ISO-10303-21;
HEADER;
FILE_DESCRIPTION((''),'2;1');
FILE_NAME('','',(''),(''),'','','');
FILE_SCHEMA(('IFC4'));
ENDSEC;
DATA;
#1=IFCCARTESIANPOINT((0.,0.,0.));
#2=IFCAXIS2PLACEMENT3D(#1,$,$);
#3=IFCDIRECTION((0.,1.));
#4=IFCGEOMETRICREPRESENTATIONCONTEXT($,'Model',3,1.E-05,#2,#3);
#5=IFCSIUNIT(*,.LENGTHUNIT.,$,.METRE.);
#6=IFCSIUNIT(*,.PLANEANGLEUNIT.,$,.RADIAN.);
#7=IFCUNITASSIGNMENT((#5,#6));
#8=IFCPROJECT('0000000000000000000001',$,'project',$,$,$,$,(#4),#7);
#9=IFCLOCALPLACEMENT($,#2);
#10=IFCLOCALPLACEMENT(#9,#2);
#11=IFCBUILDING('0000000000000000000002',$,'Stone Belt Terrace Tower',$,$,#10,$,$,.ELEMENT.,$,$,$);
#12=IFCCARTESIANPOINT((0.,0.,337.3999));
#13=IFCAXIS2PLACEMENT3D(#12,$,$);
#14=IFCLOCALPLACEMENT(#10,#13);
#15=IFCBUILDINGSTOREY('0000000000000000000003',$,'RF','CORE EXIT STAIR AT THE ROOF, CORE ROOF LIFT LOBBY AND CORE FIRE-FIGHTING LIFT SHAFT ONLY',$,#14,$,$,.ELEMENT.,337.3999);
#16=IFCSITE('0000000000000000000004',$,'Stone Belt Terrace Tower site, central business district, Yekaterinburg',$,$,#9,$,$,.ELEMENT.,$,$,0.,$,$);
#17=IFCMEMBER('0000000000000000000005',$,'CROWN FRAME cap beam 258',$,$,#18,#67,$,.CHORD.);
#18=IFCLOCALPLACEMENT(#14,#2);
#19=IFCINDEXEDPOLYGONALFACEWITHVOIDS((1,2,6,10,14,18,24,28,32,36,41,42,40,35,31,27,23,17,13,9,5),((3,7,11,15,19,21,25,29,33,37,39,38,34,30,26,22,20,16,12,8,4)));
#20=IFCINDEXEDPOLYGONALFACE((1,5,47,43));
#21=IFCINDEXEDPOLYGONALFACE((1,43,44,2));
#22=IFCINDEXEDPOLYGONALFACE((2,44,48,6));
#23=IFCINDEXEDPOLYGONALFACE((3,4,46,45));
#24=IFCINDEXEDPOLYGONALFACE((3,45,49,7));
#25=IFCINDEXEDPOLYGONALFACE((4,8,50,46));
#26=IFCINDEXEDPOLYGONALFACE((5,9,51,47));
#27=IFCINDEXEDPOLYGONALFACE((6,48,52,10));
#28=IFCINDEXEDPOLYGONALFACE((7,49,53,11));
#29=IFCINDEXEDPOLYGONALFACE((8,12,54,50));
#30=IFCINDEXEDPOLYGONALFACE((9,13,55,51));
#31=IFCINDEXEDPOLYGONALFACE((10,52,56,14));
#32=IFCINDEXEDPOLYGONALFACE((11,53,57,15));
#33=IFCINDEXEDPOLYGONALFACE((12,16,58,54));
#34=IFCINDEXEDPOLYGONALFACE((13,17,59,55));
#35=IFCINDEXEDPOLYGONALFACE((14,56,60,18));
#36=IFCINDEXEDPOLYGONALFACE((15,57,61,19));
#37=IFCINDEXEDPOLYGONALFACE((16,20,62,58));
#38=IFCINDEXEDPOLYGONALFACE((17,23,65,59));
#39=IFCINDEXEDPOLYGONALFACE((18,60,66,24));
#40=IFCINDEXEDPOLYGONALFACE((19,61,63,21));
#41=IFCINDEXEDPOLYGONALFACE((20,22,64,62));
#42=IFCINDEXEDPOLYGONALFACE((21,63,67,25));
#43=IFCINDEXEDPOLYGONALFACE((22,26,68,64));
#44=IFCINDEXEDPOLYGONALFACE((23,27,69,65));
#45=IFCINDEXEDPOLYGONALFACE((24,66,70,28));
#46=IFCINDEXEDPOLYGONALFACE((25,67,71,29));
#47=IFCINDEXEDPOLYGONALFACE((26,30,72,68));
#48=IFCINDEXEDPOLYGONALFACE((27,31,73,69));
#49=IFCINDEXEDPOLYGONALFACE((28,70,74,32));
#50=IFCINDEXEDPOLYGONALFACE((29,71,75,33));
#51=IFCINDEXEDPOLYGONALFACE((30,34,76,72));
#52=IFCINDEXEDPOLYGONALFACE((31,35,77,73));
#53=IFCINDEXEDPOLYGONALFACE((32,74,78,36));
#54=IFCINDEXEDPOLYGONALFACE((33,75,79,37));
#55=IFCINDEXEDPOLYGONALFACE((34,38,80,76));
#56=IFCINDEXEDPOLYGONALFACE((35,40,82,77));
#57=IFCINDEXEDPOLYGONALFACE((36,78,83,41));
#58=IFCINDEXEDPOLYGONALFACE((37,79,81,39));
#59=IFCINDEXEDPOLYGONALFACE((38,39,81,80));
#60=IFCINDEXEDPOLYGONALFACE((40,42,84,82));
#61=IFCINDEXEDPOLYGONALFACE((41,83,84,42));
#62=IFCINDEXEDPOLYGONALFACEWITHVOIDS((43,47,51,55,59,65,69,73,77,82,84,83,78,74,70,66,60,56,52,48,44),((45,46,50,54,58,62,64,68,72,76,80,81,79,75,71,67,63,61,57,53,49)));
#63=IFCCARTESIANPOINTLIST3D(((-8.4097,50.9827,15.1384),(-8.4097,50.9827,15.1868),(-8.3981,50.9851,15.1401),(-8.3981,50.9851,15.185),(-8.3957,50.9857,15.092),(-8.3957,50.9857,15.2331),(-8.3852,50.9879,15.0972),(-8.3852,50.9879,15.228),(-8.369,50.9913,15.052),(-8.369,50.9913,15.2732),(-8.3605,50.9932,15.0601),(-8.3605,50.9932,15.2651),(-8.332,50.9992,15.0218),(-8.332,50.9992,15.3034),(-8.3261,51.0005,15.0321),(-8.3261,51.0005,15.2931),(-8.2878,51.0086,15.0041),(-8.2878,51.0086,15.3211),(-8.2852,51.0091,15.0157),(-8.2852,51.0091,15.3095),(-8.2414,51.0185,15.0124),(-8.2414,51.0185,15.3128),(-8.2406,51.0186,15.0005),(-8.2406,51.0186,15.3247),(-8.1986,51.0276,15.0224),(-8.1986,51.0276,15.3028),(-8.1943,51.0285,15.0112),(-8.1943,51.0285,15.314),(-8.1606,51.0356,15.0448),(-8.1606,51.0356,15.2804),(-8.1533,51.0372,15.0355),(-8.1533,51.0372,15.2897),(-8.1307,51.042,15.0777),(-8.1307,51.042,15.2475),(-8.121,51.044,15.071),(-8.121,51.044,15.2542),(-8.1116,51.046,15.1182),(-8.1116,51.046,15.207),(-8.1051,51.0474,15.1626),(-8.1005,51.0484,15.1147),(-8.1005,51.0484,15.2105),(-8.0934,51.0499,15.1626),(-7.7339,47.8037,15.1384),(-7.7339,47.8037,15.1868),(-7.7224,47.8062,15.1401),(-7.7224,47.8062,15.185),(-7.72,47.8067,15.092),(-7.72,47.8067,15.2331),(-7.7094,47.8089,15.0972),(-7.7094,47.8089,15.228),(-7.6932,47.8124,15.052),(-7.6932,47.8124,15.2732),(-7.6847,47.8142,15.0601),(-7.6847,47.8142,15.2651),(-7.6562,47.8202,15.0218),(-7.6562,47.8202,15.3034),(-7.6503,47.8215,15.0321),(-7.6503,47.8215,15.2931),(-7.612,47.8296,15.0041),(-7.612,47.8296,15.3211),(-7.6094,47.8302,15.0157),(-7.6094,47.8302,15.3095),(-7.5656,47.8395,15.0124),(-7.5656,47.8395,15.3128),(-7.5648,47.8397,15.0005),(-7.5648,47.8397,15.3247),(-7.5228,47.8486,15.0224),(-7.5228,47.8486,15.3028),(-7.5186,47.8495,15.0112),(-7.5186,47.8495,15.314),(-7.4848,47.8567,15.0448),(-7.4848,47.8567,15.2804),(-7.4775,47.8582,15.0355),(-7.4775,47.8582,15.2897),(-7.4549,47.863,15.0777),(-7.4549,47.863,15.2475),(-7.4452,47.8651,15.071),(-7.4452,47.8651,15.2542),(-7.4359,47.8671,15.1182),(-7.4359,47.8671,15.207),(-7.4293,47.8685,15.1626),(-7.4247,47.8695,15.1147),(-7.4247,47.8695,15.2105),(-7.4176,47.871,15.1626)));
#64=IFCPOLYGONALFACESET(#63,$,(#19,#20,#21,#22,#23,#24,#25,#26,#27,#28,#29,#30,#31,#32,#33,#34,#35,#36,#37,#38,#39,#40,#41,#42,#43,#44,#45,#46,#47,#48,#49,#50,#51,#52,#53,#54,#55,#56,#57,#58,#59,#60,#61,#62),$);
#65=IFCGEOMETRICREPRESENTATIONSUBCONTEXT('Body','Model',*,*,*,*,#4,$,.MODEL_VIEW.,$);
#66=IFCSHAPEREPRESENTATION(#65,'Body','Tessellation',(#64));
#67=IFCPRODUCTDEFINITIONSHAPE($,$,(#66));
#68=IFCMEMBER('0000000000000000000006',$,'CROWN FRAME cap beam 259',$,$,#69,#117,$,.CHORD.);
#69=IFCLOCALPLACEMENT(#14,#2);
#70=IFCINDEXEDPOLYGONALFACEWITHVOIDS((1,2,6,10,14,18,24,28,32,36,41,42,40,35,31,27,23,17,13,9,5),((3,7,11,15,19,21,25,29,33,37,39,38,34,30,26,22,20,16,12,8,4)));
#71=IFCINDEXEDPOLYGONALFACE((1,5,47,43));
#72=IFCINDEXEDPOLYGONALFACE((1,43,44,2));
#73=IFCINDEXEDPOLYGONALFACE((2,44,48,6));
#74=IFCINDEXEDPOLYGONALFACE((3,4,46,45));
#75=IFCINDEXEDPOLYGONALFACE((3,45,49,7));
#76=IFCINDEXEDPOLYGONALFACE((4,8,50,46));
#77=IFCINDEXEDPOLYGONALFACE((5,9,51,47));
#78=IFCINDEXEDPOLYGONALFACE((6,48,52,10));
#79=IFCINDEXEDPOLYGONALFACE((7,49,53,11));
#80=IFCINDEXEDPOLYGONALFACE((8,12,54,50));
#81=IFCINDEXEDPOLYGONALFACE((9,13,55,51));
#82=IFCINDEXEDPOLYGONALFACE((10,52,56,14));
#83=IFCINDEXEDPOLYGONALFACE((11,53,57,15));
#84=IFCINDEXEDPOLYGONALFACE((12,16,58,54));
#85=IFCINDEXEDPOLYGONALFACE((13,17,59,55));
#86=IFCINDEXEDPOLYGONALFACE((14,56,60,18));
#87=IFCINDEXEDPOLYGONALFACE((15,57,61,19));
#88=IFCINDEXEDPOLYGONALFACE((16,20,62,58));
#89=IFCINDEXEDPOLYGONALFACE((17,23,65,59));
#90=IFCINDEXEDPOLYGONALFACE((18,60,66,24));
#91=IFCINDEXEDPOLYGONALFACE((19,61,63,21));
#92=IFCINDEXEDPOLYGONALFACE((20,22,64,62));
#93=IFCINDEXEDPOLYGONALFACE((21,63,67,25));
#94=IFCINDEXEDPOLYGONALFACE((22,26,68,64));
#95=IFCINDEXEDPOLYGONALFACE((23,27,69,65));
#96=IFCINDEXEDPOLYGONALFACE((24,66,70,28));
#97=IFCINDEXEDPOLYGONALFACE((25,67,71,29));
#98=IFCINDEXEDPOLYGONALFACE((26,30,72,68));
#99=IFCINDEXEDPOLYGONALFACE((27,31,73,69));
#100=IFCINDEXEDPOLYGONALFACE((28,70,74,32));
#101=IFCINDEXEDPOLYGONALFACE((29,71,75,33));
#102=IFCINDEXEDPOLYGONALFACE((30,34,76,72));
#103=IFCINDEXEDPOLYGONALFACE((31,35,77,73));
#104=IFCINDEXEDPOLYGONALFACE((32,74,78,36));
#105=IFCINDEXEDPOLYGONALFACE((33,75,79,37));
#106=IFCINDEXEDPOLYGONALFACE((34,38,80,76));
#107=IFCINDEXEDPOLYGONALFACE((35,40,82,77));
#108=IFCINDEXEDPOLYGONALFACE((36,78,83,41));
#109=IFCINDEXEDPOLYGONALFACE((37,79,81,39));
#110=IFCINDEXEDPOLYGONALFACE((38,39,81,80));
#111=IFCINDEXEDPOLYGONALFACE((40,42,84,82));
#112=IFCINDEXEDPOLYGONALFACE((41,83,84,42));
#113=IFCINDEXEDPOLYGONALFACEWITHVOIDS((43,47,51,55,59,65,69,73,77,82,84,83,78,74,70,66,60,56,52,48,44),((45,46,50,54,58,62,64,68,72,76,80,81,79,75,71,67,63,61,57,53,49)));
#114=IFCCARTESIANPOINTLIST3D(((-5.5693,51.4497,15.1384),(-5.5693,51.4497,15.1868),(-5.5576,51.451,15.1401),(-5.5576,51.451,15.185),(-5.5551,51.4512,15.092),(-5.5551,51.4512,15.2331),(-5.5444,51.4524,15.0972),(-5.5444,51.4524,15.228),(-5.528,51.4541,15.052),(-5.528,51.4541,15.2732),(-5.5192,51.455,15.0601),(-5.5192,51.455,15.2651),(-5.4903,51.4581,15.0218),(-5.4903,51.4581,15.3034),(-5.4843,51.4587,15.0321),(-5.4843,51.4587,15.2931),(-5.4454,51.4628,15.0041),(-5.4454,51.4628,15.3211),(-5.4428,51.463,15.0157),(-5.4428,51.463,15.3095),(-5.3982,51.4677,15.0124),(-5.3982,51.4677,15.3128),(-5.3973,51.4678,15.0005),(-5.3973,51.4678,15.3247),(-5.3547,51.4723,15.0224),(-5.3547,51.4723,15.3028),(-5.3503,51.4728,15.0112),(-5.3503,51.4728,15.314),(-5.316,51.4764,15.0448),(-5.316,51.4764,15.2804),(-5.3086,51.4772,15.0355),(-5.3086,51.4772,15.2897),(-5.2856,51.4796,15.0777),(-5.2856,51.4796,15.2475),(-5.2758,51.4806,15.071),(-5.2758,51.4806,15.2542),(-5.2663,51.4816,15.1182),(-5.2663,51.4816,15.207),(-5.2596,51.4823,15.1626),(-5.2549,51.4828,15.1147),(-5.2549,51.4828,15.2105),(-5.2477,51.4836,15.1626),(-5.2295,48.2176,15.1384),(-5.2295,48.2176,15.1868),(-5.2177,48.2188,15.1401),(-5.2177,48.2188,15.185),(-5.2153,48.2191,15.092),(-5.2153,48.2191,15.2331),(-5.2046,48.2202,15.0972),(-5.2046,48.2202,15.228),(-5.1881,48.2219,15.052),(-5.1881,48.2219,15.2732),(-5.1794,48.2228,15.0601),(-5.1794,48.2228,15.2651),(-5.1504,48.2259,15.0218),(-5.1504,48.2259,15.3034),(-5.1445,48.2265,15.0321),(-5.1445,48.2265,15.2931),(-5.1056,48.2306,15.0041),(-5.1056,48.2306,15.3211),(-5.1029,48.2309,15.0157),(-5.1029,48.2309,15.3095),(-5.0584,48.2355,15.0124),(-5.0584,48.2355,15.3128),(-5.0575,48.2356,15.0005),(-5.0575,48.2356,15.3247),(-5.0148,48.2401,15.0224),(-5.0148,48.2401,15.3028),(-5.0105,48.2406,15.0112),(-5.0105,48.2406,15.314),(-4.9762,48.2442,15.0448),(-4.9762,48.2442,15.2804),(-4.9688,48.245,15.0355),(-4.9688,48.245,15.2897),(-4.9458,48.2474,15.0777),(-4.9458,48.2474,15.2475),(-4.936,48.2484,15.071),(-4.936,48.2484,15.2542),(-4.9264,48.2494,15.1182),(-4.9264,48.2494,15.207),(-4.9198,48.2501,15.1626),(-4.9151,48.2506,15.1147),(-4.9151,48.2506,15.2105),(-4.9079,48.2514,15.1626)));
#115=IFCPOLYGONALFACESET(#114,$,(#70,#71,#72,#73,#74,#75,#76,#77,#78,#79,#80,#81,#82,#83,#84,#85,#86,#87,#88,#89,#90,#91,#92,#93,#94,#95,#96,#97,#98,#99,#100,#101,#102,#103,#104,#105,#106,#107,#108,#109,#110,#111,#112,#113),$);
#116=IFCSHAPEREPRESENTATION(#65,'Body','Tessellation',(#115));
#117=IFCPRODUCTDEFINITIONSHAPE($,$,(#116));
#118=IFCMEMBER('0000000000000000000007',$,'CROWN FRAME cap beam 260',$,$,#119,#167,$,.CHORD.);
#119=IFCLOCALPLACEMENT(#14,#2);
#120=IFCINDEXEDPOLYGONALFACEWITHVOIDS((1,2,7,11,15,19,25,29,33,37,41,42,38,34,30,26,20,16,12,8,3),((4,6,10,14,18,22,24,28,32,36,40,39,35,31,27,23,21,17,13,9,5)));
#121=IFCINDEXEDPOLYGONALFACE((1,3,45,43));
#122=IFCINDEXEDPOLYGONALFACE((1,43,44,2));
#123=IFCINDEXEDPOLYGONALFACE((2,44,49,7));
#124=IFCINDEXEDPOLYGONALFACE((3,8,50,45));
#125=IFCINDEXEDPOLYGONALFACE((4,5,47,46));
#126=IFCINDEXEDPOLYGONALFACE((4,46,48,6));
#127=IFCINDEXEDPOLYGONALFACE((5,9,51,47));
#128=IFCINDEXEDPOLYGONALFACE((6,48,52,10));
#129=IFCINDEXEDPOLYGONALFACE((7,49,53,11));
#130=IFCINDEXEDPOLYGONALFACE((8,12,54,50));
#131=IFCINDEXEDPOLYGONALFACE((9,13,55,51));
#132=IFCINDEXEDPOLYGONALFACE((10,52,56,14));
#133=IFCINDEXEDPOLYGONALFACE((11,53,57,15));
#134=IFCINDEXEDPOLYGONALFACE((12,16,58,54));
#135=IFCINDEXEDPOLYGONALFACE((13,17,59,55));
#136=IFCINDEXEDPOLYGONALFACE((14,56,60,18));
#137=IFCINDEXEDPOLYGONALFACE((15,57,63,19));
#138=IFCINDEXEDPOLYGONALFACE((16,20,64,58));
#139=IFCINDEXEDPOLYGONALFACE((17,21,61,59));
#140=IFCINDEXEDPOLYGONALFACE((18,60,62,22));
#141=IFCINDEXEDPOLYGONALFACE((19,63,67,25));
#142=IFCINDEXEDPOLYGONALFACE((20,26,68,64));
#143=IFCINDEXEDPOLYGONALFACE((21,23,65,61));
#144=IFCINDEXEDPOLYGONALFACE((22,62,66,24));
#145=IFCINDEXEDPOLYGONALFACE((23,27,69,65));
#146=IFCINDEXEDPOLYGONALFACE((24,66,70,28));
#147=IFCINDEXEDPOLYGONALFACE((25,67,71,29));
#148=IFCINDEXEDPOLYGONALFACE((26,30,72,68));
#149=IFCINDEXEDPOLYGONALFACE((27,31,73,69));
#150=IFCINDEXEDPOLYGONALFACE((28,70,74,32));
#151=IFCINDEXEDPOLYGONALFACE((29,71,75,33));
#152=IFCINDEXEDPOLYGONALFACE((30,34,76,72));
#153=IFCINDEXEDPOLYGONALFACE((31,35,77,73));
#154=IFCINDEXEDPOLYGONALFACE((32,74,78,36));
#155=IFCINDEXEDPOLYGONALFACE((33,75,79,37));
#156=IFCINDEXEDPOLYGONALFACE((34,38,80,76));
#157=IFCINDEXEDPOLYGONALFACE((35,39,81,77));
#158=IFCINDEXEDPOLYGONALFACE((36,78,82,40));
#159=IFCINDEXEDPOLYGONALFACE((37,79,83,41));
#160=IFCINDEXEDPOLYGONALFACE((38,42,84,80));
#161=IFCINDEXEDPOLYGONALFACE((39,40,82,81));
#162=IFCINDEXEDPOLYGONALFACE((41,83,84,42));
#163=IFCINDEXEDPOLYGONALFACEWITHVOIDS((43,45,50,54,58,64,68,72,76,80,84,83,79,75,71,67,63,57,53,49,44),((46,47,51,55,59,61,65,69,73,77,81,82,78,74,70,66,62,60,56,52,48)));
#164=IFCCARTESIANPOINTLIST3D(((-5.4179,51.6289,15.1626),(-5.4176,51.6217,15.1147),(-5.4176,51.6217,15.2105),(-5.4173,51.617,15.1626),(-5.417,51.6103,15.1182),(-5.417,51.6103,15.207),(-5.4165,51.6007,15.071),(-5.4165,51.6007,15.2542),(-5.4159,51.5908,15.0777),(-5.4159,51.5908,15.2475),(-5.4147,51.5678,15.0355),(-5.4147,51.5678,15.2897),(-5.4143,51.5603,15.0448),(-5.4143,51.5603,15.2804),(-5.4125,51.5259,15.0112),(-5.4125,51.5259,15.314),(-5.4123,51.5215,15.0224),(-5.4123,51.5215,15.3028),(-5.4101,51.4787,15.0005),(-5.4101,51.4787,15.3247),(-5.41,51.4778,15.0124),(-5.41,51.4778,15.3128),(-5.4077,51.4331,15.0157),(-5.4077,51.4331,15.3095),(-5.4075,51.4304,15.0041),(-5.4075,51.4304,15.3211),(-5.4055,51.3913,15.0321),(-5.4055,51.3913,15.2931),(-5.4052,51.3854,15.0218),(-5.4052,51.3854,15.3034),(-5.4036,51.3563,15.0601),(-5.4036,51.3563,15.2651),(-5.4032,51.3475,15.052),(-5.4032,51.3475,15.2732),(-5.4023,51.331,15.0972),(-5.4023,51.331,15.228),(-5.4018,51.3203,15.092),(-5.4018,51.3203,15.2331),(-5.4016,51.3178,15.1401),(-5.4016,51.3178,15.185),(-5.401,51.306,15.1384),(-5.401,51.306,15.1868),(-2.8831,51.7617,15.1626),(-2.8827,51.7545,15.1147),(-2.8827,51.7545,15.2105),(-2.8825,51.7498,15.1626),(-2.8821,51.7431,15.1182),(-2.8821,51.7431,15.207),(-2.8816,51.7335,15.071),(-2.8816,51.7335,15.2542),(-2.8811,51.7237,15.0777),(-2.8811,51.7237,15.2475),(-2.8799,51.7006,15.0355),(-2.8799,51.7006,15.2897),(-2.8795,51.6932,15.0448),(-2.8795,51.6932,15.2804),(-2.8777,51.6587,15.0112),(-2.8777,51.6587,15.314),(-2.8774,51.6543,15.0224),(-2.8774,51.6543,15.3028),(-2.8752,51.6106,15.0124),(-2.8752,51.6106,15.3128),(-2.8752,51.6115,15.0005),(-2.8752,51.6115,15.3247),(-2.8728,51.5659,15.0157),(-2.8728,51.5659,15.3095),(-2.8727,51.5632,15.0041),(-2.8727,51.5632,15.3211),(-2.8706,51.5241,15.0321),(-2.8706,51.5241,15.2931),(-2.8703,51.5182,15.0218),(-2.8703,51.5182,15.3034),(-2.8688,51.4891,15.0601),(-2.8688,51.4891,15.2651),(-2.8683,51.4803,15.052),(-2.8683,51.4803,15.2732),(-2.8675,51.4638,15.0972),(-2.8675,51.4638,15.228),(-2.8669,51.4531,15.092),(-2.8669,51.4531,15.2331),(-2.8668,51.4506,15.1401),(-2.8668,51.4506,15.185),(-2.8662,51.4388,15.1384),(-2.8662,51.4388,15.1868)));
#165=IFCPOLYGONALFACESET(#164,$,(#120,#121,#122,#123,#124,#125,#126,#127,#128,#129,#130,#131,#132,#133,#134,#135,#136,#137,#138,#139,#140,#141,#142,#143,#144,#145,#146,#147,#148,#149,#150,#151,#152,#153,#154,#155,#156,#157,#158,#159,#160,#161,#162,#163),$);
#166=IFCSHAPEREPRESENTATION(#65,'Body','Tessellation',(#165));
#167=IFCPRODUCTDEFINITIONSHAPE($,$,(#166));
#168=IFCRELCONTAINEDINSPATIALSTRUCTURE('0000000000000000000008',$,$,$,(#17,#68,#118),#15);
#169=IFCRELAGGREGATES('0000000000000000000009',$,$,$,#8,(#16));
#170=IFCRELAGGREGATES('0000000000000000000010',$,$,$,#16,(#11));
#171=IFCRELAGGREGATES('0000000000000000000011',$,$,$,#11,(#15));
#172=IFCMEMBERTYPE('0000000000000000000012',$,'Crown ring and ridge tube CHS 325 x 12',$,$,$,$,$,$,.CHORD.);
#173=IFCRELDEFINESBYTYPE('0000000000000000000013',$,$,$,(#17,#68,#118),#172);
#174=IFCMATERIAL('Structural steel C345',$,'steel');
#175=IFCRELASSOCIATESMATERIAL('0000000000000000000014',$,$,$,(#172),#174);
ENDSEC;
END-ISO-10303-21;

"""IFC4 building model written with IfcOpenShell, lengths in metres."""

from ifc_helpers import new_model, si_unit, direction, frame, origin, origin_2d, place, context, subcontext, project, spatial, hollow_circle, extrude, material, material_profile, profile_set, type_object, element, save


model = new_model("IFC4")

# Units and contexts
model_context = context("Model", 3, precision=1e-05, world=origin(), true_north=direction((0.0, 1.0)))
body_context = subcontext(model_context, "Body", "Model", "MODEL_VIEW")
ifc_project = project(units=[si_unit("LENGTHUNIT", "METRE"), si_unit("PLANEANGLEUNIT", "RADIAN")], contexts=[model_context])

# Site, building, storey
site_placement = place(None, origin())
site = spatial("IfcSite", under=ifc_project, at=site_placement, Name="Stone Belt Terrace Tower site, central business district, Yekaterinburg", CompositionType="ELEMENT", RefElevation=0.0)
building_placement = place(site_placement, origin())
building = spatial("IfcBuilding", under=site, at=building_placement, Name="Stone Belt Terrace Tower", CompositionType="ELEMENT")
storey_placement = place(building_placement, frame((0.0, 0.0, 337.3999)))
storey = spatial("IfcBuildingStorey", under=building, at=storey_placement, Name="RF", Description="CORE EXIT STAIR AT THE ROOF, CORE ROOF LIFT LOBBY AND CORE FIRE-FIGHTING LIFT SHAFT ONLY", CompositionType="ELEMENT", Elevation=337.3999)

# Members
ifc_material_1 = material(Name="Structural steel C345", Category="steel")
ifc_material_profile_1 = material_profile(ifc_material_1, hollow_circle(Radius=0.1626, WallThickness=0.012, at=origin_2d()), Name="Structural steel C345 CHS 325x12")
ifc_profile_set_1 = profile_set([ifc_material_profile_1], Name="Structural steel C345")
member_type_1 = type_object("IfcMemberType", Name="Crown ring and ridge tube CHS 325 x 12", PredefinedType="CHORD", material=ifc_profile_set_1)
for number, where, z_axis, x_axis, name in (
    (1, (-8.2524, 51.0161, 15.1626), (0.207933, -0.978143, 0.0), (0.978143, 0.207933, 0.0), "CROWN FRAME cap beam 258"),
    (2, (-5.4094, 51.4666, 15.1626), (0.104567, -0.994518, 0.0), (0.994518, 0.104567, 0.0), "CROWN FRAME cap beam 259"),
):
    element("IfcMember", number, at=place(storey_placement, frame(where, z_axis=z_axis, x_axis=x_axis)), inside=storey, type_object=member_type_1, Name=name, PredefinedType="CHORD", context=body_context, shape_type="SweptSolid", body=[
        extrude(hollow_circle(Radius=0.1626, WallThickness=0.012, at=origin_2d()), origin(), (0.0, 0.0, 1.0), 3.25),
    ])
member_1_placement = place(storey_placement, frame((-5.4094, 51.4666, 15.1626), z_axis=(0.99863, 0.052322, 0.0), x_axis=(-0.052322, 0.99863, 0.0)))
element("IfcMember", 3, at=member_1_placement, inside=storey, type_object=member_type_1, Name="CROWN FRAME cap beam 260", PredefinedType="CHORD", context=body_context, shape_type="SweptSolid", body=[
    extrude(hollow_circle(Radius=0.1626, WallThickness=0.012, at=origin_2d()), origin(), (0.0, 0.0, 1.0), 2.5383),
])

save(model, "model.ifc")
